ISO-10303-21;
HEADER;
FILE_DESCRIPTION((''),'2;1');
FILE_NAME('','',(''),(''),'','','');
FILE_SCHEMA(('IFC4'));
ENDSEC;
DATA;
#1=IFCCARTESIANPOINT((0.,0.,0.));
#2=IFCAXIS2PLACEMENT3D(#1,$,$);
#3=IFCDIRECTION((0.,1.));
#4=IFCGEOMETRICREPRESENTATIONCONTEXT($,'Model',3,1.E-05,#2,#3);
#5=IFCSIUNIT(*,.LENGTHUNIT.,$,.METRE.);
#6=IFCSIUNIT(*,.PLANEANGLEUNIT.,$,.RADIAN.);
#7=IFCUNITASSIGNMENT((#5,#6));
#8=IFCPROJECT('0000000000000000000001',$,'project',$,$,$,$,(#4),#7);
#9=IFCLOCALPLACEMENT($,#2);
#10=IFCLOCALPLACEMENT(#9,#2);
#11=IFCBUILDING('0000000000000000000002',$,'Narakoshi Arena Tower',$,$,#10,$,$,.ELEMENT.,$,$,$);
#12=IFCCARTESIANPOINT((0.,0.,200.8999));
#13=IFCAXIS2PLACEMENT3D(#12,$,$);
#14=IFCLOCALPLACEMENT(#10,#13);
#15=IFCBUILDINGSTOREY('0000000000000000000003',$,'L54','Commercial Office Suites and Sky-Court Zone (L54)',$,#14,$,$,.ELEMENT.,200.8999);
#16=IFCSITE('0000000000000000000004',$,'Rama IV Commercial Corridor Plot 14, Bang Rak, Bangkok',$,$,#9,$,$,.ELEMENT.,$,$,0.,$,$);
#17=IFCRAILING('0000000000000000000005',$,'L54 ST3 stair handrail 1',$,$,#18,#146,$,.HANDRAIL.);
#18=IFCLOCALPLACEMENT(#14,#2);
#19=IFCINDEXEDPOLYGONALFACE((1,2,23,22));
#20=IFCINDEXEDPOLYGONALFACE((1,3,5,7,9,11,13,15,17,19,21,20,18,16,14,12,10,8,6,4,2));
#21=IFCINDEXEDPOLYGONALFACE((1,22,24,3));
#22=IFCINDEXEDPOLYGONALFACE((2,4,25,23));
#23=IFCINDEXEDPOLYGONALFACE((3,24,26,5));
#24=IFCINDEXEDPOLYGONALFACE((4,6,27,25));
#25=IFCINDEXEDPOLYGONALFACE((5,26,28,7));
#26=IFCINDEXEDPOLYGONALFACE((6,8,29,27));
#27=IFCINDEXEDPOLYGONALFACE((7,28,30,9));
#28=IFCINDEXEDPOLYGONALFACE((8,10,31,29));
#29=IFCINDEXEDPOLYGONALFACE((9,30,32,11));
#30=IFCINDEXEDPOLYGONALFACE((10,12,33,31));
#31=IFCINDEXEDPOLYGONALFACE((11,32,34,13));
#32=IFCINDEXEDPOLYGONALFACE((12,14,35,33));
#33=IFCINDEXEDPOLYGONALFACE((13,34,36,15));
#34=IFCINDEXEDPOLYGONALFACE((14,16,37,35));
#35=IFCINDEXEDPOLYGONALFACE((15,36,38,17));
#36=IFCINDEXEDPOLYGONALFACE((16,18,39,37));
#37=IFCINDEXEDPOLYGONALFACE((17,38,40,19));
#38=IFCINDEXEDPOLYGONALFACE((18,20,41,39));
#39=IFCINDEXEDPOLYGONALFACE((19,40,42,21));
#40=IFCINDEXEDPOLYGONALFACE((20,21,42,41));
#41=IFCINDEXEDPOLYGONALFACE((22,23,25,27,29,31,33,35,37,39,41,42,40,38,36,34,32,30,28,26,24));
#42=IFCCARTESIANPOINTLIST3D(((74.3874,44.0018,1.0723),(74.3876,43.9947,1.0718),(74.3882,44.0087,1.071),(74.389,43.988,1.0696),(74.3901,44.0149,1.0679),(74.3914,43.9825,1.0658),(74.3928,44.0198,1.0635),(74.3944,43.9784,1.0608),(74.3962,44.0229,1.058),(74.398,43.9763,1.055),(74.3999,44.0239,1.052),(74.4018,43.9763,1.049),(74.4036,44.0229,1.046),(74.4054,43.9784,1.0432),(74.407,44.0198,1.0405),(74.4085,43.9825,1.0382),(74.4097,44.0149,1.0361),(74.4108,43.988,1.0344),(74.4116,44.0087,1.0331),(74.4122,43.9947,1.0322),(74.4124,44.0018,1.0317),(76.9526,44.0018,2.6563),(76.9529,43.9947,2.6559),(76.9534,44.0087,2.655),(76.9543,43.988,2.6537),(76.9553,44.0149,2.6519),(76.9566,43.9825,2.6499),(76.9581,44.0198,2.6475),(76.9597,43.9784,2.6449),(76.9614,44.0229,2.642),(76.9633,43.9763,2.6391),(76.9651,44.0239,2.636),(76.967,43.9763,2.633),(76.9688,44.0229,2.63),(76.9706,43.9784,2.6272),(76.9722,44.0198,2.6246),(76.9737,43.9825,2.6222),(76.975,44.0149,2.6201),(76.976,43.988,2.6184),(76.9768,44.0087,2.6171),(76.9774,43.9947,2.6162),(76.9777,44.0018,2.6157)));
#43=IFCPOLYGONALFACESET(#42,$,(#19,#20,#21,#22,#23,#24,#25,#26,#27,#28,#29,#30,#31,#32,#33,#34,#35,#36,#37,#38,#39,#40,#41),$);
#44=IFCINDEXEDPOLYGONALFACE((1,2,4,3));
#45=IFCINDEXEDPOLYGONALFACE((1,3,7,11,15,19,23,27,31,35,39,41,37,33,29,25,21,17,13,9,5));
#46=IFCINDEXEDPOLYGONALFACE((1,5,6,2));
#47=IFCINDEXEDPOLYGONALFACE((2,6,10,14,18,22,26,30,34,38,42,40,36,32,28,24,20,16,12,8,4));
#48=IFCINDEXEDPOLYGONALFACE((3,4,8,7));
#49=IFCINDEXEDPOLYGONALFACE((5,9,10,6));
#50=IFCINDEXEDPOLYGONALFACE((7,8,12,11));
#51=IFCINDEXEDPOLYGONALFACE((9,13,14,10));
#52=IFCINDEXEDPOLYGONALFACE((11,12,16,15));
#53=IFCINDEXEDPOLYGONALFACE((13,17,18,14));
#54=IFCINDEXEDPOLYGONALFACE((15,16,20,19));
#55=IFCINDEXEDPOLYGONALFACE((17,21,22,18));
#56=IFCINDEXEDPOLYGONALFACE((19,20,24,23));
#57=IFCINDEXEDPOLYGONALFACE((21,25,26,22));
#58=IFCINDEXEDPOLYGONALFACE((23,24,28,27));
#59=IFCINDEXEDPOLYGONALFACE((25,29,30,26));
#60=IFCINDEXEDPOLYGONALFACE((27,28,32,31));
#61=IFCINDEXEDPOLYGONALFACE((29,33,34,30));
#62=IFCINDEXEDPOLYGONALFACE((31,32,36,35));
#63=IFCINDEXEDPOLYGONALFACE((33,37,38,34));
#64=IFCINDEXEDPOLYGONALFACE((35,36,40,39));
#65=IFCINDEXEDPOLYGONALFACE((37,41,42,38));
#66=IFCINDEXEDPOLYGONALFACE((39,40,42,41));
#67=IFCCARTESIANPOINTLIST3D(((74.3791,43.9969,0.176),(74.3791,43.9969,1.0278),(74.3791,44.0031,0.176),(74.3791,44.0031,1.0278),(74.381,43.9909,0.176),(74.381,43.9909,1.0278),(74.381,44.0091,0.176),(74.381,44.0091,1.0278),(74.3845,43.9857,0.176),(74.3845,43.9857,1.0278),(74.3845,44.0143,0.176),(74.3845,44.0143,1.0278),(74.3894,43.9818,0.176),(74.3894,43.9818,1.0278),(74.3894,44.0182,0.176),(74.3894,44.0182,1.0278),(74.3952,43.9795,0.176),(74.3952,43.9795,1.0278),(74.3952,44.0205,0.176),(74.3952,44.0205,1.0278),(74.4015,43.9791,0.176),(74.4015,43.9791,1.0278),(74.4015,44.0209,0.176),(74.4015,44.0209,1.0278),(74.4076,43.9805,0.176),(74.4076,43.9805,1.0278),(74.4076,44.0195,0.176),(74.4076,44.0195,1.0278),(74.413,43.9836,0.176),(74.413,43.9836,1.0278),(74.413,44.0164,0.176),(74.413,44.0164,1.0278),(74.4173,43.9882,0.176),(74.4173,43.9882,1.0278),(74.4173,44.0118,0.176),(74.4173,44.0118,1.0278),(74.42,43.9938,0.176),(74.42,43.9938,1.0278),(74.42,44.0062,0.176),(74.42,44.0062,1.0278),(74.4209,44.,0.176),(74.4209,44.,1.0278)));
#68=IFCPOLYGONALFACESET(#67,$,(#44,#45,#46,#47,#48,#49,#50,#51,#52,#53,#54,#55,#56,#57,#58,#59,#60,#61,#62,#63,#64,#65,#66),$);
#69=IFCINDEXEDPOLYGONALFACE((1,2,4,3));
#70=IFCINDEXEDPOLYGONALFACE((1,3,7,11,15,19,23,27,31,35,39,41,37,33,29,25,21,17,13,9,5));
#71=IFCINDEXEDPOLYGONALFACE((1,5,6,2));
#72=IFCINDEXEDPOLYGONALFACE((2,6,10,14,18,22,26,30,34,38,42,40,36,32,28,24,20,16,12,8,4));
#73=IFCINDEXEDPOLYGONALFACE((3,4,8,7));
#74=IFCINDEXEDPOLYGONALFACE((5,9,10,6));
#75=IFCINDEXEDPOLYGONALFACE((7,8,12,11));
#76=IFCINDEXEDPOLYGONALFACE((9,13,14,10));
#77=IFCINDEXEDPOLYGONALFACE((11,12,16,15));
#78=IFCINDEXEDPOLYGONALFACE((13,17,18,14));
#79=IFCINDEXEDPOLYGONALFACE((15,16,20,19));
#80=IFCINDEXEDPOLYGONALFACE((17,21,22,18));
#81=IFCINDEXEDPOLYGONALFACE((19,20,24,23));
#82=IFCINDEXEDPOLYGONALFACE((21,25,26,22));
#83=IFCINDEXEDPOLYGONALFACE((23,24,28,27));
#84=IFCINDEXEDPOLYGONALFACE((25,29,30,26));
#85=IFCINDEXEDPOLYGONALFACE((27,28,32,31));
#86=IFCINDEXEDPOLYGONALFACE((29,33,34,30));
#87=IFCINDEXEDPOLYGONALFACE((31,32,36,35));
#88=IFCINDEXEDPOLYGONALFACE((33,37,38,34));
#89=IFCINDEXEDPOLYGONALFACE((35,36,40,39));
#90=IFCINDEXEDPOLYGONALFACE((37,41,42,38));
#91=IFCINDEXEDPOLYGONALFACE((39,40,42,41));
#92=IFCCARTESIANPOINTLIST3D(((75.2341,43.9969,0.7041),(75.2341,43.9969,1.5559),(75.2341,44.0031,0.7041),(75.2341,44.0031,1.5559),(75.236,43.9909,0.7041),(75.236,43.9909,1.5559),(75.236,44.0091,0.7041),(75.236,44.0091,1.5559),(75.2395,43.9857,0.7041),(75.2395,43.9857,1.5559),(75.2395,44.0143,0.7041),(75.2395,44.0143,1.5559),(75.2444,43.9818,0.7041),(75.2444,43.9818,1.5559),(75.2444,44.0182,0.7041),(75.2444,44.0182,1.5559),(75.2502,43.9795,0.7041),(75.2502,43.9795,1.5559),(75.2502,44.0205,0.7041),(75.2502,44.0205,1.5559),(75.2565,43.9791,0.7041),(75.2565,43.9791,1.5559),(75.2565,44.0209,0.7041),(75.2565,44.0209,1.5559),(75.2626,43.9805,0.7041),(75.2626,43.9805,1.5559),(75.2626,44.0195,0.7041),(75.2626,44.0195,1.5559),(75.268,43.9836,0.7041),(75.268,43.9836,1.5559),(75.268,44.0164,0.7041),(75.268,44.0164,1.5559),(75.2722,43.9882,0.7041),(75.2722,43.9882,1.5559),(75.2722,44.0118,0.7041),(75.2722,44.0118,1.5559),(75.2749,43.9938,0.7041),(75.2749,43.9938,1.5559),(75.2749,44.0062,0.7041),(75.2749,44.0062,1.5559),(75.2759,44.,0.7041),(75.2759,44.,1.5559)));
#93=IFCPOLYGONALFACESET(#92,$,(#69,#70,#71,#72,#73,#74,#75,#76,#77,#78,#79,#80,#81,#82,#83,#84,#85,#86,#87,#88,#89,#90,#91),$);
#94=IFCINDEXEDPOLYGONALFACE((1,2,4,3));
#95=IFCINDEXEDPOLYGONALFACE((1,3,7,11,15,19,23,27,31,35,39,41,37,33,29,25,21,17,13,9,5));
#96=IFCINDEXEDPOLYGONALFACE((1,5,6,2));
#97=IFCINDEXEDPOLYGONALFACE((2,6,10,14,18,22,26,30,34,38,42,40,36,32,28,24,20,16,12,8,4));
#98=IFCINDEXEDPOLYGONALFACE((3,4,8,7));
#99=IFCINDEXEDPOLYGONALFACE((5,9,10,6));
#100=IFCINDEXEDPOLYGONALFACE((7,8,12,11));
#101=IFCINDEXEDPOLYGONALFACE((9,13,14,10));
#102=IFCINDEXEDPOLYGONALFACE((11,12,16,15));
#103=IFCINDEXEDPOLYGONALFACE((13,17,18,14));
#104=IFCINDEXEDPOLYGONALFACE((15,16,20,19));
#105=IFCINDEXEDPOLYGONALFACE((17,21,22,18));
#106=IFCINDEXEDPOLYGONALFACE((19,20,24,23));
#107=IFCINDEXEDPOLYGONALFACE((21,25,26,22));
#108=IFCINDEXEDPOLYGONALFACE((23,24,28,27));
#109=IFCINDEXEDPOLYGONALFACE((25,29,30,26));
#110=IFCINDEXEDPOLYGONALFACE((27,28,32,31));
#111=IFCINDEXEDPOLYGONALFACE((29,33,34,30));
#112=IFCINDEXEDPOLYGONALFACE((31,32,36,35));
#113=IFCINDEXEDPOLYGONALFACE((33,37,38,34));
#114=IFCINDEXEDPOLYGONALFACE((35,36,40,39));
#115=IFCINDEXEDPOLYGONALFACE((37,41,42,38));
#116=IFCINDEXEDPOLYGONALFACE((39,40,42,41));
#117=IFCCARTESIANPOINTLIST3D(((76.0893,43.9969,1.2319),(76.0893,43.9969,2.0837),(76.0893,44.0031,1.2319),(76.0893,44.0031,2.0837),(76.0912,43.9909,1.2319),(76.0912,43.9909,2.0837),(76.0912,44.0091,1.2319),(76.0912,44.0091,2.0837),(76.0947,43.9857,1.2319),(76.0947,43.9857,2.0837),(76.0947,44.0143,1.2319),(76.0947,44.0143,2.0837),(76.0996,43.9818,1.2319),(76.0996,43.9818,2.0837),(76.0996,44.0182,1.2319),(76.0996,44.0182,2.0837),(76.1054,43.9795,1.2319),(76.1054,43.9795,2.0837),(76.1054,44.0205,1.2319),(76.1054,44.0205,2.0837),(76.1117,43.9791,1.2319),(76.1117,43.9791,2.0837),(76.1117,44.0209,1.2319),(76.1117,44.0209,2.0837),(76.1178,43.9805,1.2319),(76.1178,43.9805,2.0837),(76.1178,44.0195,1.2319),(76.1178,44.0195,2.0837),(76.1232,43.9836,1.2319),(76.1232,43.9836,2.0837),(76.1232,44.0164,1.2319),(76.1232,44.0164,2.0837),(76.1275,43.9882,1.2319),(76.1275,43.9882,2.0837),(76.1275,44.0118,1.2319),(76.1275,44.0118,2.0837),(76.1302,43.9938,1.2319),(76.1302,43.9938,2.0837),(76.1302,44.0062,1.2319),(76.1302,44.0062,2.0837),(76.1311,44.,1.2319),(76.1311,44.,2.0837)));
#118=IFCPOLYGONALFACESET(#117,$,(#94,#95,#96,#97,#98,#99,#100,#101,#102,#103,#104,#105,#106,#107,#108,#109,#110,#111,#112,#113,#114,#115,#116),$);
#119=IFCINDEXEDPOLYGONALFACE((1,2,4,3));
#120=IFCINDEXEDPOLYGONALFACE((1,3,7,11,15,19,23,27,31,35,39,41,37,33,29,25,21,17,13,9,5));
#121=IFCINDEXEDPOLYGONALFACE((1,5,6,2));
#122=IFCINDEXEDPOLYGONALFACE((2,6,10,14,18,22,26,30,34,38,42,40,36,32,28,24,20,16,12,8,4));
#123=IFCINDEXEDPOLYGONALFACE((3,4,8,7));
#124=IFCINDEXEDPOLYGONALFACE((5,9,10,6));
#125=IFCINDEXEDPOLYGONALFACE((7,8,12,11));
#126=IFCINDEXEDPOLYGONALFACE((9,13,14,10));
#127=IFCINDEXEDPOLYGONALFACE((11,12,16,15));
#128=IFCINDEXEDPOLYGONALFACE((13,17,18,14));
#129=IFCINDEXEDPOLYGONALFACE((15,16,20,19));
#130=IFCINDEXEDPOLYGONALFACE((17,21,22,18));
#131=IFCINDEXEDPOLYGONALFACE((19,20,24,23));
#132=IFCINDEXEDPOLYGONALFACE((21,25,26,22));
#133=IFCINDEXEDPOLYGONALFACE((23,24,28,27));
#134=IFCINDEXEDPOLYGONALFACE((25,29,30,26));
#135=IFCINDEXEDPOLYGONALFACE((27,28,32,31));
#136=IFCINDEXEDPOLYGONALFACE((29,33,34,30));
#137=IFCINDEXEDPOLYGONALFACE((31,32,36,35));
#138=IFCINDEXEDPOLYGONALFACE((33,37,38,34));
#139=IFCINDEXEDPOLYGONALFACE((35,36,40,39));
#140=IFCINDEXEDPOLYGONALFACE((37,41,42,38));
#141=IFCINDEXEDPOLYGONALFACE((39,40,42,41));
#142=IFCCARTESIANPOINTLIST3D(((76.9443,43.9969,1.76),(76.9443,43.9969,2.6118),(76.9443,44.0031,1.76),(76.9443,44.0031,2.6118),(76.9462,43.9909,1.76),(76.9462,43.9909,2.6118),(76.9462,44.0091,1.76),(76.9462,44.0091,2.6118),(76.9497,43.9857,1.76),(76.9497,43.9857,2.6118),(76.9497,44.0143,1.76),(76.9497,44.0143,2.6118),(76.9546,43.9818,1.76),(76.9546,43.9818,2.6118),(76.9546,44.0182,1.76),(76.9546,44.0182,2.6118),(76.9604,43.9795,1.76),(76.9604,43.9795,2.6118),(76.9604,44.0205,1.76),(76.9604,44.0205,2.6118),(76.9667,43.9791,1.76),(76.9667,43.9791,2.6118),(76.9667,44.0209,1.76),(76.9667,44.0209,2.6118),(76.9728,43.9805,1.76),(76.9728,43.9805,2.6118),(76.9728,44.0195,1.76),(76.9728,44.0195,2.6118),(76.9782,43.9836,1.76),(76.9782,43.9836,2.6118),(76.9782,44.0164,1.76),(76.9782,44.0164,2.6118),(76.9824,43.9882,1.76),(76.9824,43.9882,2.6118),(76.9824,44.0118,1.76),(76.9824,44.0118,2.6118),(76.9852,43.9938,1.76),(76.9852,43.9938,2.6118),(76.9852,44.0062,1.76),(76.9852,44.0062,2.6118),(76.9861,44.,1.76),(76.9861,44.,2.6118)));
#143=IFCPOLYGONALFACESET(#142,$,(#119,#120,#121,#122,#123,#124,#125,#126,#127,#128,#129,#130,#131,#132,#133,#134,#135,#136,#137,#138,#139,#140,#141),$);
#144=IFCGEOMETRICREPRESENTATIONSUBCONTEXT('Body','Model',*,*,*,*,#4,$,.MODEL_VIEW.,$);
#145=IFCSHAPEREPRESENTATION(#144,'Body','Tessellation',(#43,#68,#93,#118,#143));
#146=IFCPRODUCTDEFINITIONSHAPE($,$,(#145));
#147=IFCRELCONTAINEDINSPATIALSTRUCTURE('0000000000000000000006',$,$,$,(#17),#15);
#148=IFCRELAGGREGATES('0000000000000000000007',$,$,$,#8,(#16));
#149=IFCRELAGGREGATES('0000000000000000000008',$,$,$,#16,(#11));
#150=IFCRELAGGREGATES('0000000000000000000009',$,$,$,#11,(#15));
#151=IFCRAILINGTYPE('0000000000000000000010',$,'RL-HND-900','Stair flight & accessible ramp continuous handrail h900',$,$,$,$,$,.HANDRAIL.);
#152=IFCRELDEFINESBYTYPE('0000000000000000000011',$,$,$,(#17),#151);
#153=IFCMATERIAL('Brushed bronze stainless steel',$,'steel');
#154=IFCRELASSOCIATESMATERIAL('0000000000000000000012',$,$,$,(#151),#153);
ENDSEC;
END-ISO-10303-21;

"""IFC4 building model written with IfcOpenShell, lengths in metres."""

from ifc_helpers import new_model, si_unit, direction, frame, origin, origin_2d, place, context, subcontext, project, spatial, circle, extrude, material, type_object, element, save


model = new_model("IFC4")

# Units and contexts
model_context = context("Model", 3, precision=1e-05, world=origin(), true_north=direction((0.0, 1.0)))
body_context = subcontext(model_context, "Body", "Model", "MODEL_VIEW")
ifc_project = project(units=[si_unit("LENGTHUNIT", "METRE"), si_unit("PLANEANGLEUNIT", "RADIAN")], contexts=[model_context])

# Site, building, storey
site_placement = place(None, origin())
site = spatial("IfcSite", under=ifc_project, at=site_placement, Name="Rama IV Commercial Corridor Plot 14, Bang Rak, Bangkok", CompositionType="ELEMENT", RefElevation=0.0)
building_placement = place(site_placement, origin())
building = spatial("IfcBuilding", under=site, at=building_placement, Name="Narakoshi Arena Tower", CompositionType="ELEMENT")
storey_placement = place(building_placement, frame((0.0, 0.0, 200.8999)))
storey = spatial("IfcBuildingStorey", under=building, at=storey_placement, Name="L54", Description="Commercial Office Suites and Sky-Court Zone (L54)", CompositionType="ELEMENT", Elevation=200.8999)

# Railing
ifc_material_1 = material(Name="Brushed bronze stainless steel", Category="steel")
railing_type_1 = type_object("IfcRailingType", Name="RL-HND-900", Description="Stair flight & accessible ramp continuous handrail h900", PredefinedType="HANDRAIL", material=ifc_material_1)
railing_1_placement = place(storey_placement, frame((74.3999, 44.0, 0.176)))
element("IfcRailing", 1, at=railing_1_placement, inside=storey, type_object=railing_type_1, Name="L54 ST3 stair handrail 1", PredefinedType="HANDRAIL", context=body_context, shape_type="SweptSolid", body=[
    extrude(circle(Radius=0.0239, at=origin_2d()), frame((0.0, 0.0, 0.876), z_axis=(0.850857, 0.0, 0.525398), x_axis=(0.0, 1.0, 0.0)), (0.0, 0.0, 1.0), 3.0149),
    extrude(circle(Radius=0.021, at=origin_2d()), origin(), (0.0, 0.0, 1.0), 0.8518),
    extrude(circle(Radius=0.021, at=origin_2d()), frame((0.855, 0.0, 0.5281)), (0.0, 0.0, 1.0), 0.8518),
    extrude(circle(Radius=0.021, at=origin_2d()), frame((1.7102, 0.0, 1.0559)), (0.0, 0.0, 1.0), 0.8518),
    extrude(circle(Radius=0.021, at=origin_2d()), frame((2.5652, 0.0, 1.584)), (0.0, 0.0, 1.0), 0.8518),
])

save(model, "model.ifc")
